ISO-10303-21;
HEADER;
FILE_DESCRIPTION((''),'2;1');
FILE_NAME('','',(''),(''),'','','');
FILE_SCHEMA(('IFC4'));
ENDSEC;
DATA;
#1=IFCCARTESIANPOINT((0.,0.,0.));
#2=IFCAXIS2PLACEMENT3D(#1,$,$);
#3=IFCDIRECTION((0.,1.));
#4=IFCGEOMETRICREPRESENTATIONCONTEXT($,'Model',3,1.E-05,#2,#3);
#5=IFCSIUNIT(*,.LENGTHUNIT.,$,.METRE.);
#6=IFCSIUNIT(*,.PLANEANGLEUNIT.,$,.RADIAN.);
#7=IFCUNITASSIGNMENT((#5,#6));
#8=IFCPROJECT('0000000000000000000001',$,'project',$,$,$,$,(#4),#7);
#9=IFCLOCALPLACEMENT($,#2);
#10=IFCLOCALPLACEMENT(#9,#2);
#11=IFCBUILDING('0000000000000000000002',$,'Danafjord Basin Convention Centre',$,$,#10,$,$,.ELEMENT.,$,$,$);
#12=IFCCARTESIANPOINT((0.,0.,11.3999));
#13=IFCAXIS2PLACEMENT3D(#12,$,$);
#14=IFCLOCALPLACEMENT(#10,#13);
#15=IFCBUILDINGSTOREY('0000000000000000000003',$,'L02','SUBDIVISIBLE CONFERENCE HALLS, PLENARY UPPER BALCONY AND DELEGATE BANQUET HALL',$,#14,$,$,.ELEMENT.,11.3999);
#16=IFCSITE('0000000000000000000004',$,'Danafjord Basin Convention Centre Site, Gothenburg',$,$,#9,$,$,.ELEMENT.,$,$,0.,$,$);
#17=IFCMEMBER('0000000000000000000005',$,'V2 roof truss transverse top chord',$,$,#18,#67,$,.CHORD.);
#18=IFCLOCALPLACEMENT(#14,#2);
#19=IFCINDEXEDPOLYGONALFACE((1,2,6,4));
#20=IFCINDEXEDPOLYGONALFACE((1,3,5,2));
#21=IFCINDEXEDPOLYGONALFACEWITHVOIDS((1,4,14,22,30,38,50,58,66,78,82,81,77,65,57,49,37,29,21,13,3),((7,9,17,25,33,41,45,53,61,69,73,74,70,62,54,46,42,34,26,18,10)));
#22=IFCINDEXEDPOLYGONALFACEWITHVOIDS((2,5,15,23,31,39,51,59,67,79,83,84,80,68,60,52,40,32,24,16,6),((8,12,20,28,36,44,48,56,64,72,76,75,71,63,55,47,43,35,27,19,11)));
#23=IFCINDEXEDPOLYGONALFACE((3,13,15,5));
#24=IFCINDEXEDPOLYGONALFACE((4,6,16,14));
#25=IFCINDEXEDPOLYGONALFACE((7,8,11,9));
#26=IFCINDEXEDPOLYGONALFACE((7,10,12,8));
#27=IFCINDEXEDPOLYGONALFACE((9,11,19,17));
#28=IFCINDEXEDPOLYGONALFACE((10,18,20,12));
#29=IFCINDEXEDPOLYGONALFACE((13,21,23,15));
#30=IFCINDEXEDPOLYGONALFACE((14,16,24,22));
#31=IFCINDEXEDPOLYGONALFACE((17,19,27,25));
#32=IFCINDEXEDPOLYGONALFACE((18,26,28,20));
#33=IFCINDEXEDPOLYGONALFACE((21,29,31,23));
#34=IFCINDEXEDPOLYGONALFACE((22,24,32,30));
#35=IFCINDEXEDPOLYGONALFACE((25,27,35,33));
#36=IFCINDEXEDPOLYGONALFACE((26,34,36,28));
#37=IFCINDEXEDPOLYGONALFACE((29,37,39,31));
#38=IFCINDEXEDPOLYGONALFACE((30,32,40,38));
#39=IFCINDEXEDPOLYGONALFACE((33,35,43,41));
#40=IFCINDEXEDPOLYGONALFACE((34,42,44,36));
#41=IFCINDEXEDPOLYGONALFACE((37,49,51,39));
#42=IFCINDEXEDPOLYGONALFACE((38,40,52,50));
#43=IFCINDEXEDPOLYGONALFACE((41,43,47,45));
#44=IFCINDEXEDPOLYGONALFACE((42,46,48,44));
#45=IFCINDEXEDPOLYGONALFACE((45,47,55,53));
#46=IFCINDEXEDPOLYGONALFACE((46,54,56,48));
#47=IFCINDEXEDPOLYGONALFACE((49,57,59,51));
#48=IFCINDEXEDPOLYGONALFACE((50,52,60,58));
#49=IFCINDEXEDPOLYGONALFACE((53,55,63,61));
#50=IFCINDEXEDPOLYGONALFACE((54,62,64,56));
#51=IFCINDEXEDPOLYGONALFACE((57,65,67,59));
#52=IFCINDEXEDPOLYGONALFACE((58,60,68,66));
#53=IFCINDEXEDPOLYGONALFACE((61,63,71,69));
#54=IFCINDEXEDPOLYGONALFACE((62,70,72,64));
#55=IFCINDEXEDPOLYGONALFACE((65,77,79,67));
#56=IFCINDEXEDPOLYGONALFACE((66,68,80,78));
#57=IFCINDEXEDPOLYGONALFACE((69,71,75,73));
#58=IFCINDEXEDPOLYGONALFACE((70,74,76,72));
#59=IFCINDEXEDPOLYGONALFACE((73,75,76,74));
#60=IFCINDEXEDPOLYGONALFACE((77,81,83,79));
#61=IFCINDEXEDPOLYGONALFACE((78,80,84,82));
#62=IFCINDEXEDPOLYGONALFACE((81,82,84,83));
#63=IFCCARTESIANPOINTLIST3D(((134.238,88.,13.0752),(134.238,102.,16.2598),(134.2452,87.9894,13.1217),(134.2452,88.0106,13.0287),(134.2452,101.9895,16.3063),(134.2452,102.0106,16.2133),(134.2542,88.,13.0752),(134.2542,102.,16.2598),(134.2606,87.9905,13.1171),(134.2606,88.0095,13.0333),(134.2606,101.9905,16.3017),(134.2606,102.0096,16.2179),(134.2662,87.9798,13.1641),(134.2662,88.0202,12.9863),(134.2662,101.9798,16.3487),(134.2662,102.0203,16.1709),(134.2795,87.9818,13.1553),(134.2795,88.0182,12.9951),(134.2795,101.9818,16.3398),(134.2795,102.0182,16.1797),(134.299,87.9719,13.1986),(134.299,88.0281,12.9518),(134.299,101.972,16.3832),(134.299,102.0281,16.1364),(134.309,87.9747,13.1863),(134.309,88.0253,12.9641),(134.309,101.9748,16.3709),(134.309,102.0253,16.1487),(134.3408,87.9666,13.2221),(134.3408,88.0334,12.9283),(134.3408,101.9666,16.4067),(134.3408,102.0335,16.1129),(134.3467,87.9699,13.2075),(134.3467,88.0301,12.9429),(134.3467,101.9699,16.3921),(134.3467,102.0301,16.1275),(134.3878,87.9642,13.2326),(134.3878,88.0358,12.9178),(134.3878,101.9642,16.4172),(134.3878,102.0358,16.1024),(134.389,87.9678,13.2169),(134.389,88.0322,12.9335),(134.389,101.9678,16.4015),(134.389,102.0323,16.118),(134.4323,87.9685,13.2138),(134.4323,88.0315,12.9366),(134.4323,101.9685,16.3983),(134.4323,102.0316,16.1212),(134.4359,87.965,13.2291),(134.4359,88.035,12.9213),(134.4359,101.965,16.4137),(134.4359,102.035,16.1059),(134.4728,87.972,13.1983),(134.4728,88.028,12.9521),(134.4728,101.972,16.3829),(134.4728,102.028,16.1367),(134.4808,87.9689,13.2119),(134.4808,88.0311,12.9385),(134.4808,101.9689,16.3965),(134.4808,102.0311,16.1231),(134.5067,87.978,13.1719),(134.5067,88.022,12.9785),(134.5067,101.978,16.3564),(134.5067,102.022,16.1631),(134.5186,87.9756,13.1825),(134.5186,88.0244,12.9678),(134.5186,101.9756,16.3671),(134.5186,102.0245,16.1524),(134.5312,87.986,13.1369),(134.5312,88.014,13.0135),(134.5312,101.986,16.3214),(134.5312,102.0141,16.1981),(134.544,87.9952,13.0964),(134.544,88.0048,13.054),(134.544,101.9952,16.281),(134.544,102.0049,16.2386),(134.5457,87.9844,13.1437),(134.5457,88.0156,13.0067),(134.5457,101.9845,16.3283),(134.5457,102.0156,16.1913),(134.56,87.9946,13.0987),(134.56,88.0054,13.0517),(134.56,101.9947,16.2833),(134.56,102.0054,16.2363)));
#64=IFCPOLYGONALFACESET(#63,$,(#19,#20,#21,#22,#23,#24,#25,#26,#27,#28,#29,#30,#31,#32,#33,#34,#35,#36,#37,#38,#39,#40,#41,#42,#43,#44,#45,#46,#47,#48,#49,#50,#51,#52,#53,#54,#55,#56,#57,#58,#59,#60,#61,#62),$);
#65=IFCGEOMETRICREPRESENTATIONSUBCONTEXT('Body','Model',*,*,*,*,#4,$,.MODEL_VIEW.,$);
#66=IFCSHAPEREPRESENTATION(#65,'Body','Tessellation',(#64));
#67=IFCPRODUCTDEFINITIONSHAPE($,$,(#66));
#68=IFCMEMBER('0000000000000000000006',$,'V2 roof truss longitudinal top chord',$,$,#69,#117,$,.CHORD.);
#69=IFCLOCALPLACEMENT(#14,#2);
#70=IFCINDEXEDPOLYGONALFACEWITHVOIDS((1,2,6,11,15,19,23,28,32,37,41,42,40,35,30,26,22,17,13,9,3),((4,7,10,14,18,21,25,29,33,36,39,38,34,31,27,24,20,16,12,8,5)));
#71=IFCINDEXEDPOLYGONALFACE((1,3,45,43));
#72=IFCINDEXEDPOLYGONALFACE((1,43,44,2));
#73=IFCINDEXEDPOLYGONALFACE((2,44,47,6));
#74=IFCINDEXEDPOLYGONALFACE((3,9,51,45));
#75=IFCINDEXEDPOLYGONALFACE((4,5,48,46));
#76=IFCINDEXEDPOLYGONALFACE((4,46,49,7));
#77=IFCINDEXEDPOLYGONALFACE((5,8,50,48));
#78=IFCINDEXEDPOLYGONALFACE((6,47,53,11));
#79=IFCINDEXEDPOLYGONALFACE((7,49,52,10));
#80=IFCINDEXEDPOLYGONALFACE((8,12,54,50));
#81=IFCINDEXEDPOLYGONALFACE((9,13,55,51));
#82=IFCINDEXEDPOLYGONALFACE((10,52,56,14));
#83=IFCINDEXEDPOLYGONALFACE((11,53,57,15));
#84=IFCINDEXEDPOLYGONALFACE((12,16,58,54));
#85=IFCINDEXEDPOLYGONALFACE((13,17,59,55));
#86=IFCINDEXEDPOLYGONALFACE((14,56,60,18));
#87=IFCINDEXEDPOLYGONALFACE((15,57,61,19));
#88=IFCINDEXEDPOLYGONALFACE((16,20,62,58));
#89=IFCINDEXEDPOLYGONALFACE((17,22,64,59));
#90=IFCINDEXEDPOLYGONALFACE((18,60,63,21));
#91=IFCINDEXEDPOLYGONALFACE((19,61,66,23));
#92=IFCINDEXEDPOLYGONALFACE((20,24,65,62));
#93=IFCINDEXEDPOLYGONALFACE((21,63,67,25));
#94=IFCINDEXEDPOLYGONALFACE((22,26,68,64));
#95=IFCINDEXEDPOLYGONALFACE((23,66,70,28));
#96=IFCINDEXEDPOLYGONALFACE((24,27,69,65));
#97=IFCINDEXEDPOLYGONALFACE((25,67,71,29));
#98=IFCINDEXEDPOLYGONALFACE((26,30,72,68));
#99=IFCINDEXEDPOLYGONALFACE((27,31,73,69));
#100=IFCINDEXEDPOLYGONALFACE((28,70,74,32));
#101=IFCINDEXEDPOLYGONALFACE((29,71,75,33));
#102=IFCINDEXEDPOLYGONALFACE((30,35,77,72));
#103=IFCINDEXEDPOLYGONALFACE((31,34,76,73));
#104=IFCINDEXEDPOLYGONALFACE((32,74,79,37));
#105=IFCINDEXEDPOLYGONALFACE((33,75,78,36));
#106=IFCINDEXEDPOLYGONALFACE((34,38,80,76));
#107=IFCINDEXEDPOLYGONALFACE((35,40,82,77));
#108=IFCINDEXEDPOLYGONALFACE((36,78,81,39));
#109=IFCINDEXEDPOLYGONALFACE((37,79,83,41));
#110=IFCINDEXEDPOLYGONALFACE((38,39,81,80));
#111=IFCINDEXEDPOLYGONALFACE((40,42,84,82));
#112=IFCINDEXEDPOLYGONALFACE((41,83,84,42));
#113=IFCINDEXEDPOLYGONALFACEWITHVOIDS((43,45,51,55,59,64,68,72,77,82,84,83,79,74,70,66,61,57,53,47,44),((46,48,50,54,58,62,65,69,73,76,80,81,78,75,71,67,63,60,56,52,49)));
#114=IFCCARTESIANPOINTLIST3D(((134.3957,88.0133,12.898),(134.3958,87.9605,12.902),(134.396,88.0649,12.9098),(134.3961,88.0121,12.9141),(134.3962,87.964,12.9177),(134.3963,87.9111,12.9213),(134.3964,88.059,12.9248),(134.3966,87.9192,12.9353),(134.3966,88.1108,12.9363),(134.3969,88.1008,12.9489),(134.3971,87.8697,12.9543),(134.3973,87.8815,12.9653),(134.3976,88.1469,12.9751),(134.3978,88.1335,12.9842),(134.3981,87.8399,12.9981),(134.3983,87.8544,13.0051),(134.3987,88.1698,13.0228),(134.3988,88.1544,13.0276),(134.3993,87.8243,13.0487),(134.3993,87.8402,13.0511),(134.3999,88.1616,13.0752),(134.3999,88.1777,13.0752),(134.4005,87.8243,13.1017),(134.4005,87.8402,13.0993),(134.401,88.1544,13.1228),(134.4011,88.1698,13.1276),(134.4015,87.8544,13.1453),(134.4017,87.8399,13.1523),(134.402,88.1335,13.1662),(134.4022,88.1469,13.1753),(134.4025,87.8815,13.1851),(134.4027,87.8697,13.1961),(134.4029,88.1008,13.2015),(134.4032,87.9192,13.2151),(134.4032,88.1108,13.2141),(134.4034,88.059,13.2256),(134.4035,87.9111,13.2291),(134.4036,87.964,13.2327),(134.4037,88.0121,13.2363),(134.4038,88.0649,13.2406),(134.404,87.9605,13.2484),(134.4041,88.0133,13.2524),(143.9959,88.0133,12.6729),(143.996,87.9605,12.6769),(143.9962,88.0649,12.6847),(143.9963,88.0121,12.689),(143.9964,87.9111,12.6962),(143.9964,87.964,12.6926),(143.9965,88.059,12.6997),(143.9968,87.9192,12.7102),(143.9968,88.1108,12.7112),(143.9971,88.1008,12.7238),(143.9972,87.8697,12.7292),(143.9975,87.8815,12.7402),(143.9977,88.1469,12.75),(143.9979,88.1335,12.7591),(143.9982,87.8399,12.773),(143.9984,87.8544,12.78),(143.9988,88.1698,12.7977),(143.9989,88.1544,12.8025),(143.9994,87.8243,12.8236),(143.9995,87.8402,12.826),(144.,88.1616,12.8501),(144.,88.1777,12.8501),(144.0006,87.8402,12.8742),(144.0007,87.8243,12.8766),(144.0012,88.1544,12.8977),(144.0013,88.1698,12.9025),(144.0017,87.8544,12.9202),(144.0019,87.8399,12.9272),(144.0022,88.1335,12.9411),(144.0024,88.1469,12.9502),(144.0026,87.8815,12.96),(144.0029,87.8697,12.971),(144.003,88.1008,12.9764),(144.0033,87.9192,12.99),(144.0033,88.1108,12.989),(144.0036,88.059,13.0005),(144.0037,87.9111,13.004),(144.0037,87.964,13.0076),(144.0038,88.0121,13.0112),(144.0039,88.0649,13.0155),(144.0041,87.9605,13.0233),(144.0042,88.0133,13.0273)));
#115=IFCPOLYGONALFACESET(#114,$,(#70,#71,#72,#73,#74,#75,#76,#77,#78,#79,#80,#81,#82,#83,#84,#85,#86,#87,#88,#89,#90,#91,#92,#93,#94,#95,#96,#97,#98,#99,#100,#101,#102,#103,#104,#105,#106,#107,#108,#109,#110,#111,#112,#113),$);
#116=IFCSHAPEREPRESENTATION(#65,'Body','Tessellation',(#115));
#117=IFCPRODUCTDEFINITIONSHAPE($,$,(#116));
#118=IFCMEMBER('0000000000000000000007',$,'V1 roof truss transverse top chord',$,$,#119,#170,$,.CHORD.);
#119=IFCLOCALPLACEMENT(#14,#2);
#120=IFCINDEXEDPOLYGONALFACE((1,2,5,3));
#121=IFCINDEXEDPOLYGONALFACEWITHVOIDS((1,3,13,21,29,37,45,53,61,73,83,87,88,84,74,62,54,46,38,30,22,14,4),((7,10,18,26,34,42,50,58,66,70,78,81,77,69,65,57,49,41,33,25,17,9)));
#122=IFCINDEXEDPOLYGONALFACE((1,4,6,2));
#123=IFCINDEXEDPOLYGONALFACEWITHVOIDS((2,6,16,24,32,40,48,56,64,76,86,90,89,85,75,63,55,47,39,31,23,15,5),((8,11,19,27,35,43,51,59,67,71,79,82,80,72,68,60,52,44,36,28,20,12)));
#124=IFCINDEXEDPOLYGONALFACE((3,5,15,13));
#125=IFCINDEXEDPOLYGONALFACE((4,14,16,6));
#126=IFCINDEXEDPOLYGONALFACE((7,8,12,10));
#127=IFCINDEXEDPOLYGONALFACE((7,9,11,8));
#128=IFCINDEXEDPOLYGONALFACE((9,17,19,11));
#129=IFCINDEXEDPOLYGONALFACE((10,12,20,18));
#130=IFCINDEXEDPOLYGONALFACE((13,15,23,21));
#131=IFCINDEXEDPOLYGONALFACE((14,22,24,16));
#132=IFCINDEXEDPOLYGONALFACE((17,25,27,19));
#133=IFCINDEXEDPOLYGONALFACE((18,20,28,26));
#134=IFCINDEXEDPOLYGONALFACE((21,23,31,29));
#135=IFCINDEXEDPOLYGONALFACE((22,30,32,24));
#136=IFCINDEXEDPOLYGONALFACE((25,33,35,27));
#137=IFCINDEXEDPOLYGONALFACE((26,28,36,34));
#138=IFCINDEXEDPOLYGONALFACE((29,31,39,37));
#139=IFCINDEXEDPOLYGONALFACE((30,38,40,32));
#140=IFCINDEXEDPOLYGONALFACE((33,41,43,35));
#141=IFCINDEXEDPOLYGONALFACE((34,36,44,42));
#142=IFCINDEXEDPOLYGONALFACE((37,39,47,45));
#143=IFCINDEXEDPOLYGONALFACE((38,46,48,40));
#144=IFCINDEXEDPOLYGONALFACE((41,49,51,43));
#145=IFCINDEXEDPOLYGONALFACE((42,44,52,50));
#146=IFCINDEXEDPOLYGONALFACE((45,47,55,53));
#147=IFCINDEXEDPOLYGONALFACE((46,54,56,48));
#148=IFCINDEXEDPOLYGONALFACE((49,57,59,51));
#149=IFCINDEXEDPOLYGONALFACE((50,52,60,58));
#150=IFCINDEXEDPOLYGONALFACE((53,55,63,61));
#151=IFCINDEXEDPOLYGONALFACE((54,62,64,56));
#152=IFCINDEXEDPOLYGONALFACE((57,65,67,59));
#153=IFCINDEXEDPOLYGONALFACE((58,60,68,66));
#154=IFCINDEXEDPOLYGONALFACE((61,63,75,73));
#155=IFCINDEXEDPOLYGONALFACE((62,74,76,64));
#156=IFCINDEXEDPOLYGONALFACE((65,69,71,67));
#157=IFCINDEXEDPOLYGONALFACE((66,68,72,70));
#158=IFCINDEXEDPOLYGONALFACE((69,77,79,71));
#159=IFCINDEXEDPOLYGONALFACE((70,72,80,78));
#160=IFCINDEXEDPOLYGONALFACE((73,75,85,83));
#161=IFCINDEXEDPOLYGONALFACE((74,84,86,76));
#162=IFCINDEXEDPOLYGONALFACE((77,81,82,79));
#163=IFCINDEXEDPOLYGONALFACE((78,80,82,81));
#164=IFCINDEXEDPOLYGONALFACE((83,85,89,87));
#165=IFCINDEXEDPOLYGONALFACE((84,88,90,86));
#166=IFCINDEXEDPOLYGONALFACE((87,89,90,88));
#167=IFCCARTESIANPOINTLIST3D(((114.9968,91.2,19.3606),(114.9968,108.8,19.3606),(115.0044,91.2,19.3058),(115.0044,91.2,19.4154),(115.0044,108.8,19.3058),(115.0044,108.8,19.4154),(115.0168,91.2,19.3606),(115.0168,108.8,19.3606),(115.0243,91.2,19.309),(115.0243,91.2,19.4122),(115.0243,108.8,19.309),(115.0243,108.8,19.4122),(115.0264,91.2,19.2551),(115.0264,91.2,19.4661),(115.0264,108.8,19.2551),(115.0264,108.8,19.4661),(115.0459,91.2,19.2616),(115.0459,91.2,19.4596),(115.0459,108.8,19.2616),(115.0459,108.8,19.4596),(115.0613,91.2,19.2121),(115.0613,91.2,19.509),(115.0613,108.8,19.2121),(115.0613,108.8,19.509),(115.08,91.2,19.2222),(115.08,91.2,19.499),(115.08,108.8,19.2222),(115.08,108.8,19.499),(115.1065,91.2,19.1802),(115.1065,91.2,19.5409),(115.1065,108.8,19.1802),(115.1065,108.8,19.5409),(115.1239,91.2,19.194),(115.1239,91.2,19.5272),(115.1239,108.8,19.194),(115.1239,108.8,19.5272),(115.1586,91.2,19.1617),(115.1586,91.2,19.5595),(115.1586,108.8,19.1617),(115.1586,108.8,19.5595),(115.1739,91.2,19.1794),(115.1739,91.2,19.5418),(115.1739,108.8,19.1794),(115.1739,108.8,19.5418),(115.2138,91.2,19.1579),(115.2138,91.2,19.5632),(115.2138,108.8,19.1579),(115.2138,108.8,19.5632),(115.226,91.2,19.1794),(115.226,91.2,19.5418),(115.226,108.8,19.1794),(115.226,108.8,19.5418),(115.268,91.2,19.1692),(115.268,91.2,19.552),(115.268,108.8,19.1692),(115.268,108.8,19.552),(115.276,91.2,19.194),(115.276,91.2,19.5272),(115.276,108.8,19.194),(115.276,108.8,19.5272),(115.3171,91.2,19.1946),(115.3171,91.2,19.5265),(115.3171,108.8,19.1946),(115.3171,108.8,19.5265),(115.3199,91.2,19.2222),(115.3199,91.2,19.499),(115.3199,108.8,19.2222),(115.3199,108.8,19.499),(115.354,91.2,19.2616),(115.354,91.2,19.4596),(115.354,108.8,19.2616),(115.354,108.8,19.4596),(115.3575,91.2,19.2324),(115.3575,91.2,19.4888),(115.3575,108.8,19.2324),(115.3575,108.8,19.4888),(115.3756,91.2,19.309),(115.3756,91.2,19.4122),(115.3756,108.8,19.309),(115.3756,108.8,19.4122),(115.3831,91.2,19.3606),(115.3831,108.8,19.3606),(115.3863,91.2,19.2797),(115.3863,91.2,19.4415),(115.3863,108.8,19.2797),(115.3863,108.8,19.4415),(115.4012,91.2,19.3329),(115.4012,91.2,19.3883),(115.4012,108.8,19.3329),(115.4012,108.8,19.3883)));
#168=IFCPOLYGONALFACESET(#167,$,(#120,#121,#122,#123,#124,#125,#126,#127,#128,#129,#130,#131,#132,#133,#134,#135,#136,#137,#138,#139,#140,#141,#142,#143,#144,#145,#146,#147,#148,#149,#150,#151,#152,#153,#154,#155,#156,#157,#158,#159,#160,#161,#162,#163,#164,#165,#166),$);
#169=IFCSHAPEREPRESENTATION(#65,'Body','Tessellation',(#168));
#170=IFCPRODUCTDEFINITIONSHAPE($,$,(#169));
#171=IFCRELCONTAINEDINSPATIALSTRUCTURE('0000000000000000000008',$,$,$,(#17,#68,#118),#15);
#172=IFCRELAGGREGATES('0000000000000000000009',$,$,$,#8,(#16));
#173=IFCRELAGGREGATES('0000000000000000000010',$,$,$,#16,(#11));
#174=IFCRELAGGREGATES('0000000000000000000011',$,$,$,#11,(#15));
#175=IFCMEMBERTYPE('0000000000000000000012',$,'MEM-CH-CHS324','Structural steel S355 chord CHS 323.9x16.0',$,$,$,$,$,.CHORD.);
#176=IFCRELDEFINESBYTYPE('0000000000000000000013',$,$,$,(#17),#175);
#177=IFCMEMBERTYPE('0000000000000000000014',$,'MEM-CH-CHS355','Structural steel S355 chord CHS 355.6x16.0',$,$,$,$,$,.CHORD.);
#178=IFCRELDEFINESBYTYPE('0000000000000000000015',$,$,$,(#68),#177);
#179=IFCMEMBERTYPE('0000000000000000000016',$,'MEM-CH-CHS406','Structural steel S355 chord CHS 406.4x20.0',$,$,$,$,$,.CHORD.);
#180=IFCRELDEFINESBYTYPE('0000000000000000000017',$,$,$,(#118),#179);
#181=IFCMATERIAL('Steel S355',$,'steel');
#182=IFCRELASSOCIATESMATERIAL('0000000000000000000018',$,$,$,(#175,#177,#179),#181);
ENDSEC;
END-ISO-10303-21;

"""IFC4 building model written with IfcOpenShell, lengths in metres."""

from ifc_helpers import new_model, si_unit, direction, frame, origin, origin_2d, place, context, subcontext, project, spatial, hollow_circle, extrude, material, material_profile, profile_set, type_object, element, save


model = new_model("IFC4")

# Units and contexts
model_context = context("Model", 3, precision=1e-05, world=origin(), true_north=direction((0.0, 1.0)))
body_context = subcontext(model_context, "Body", "Model", "MODEL_VIEW")
ifc_project = project(units=[si_unit("LENGTHUNIT", "METRE"), si_unit("PLANEANGLEUNIT", "RADIAN")], contexts=[model_context])

# Site, building, storey
site_placement = place(None, origin())
site = spatial("IfcSite", under=ifc_project, at=site_placement, Name="Danafjord Basin Convention Centre Site, Gothenburg", CompositionType="ELEMENT", RefElevation=0.0)
building_placement = place(site_placement, origin())
building = spatial("IfcBuilding", under=site, at=building_placement, Name="Danafjord Basin Convention Centre", CompositionType="ELEMENT")
storey_placement = place(building_placement, frame((0.0, 0.0, 11.3999)))
storey = spatial("IfcBuildingStorey", under=building, at=storey_placement, Name="L02", Description="SUBDIVISIBLE CONFERENCE HALLS, PLENARY UPPER BALCONY AND DELEGATE BANQUET HALL", CompositionType="ELEMENT", Elevation=11.3999)

# Shared definitions
ifc_material_1 = material(Name="Steel S355", Category="steel")

# Members
ifc_material_profile_1 = material_profile(ifc_material_1, hollow_circle(Radius=0.1619, WallThickness=0.0161, at=origin_2d()), Name="CHS 323.9x16.0")
ifc_profile_set_1 = profile_set([ifc_material_profile_1], Name="Steel S355")
member_type_1 = type_object("IfcMemberType", Name="MEM-CH-CHS324", Description="Structural steel S355 chord CHS 323.9x16.0", PredefinedType="CHORD", material=ifc_profile_set_1)
member_1_placement = place(storey_placement, frame((134.3999, 88.0, 13.0752), z_axis=(0.0, 0.975091, 0.221803), x_axis=(-1.0, 0.0, 0.0)))
element("IfcMember", 1, at=member_1_placement, inside=storey, type_object=member_type_1, Name="V2 roof truss transverse top chord", PredefinedType="CHORD", context=body_context, shape_type="SweptSolid", body=[
    extrude(hollow_circle(Radius=0.1619, WallThickness=0.0161, at=origin_2d()), origin(), (0.0, 0.0, 1.0), 14.3577),
])
ifc_material_profile_2 = material_profile(ifc_material_1, hollow_circle(Radius=0.1777, WallThickness=0.0161, at=origin_2d()), Name="CHS 355.6x16.0")
ifc_profile_set_2 = profile_set([ifc_material_profile_2], Name="Steel S355")
member_type_2 = type_object("IfcMemberType", Name="MEM-CH-CHS355", Description="Structural steel S355 chord CHS 355.6x16.0", PredefinedType="CHORD", material=ifc_profile_set_2)
member_2_placement = place(storey_placement, frame((134.3999, 88.0, 13.0752), z_axis=(0.999725, 0.0, -0.023441), x_axis=(0.0, 1.0, 0.0)))
element("IfcMember", 2, at=member_2_placement, inside=storey, type_object=member_type_2, Name="V2 roof truss longitudinal top chord", PredefinedType="CHORD", context=body_context, shape_type="SweptSolid", body=[
    extrude(hollow_circle(Radius=0.1777, WallThickness=0.0161, at=origin_2d()), origin(), (0.0, 0.0, 1.0), 9.6028),
])
ifc_material_profile_3 = material_profile(ifc_material_1, hollow_circle(Radius=0.2031, WallThickness=0.02, at=origin_2d()), Name="CHS 406.4x20.0")
ifc_profile_set_3 = profile_set([ifc_material_profile_3], Name="Steel S355")
member_type_3 = type_object("IfcMemberType", Name="MEM-CH-CHS406", Description="Structural steel S355 chord CHS 406.4x20.0", PredefinedType="CHORD", material=ifc_profile_set_3)
member_3_placement = place(storey_placement, frame((115.2, 91.2, 19.3606), z_axis=(0.0, 1.0, 0.0), x_axis=(-1.0, 0.0, 0.0)))
element("IfcMember", 3, at=member_3_placement, inside=storey, type_object=member_type_3, Name="V1 roof truss transverse top chord", PredefinedType="CHORD", context=body_context, shape_type="SweptSolid", body=[
    extrude(hollow_circle(Radius=0.2031, WallThickness=0.02, at=origin_2d()), origin(), (0.0, 0.0, 1.0), 17.6001),
])

save(model, "model.ifc")
